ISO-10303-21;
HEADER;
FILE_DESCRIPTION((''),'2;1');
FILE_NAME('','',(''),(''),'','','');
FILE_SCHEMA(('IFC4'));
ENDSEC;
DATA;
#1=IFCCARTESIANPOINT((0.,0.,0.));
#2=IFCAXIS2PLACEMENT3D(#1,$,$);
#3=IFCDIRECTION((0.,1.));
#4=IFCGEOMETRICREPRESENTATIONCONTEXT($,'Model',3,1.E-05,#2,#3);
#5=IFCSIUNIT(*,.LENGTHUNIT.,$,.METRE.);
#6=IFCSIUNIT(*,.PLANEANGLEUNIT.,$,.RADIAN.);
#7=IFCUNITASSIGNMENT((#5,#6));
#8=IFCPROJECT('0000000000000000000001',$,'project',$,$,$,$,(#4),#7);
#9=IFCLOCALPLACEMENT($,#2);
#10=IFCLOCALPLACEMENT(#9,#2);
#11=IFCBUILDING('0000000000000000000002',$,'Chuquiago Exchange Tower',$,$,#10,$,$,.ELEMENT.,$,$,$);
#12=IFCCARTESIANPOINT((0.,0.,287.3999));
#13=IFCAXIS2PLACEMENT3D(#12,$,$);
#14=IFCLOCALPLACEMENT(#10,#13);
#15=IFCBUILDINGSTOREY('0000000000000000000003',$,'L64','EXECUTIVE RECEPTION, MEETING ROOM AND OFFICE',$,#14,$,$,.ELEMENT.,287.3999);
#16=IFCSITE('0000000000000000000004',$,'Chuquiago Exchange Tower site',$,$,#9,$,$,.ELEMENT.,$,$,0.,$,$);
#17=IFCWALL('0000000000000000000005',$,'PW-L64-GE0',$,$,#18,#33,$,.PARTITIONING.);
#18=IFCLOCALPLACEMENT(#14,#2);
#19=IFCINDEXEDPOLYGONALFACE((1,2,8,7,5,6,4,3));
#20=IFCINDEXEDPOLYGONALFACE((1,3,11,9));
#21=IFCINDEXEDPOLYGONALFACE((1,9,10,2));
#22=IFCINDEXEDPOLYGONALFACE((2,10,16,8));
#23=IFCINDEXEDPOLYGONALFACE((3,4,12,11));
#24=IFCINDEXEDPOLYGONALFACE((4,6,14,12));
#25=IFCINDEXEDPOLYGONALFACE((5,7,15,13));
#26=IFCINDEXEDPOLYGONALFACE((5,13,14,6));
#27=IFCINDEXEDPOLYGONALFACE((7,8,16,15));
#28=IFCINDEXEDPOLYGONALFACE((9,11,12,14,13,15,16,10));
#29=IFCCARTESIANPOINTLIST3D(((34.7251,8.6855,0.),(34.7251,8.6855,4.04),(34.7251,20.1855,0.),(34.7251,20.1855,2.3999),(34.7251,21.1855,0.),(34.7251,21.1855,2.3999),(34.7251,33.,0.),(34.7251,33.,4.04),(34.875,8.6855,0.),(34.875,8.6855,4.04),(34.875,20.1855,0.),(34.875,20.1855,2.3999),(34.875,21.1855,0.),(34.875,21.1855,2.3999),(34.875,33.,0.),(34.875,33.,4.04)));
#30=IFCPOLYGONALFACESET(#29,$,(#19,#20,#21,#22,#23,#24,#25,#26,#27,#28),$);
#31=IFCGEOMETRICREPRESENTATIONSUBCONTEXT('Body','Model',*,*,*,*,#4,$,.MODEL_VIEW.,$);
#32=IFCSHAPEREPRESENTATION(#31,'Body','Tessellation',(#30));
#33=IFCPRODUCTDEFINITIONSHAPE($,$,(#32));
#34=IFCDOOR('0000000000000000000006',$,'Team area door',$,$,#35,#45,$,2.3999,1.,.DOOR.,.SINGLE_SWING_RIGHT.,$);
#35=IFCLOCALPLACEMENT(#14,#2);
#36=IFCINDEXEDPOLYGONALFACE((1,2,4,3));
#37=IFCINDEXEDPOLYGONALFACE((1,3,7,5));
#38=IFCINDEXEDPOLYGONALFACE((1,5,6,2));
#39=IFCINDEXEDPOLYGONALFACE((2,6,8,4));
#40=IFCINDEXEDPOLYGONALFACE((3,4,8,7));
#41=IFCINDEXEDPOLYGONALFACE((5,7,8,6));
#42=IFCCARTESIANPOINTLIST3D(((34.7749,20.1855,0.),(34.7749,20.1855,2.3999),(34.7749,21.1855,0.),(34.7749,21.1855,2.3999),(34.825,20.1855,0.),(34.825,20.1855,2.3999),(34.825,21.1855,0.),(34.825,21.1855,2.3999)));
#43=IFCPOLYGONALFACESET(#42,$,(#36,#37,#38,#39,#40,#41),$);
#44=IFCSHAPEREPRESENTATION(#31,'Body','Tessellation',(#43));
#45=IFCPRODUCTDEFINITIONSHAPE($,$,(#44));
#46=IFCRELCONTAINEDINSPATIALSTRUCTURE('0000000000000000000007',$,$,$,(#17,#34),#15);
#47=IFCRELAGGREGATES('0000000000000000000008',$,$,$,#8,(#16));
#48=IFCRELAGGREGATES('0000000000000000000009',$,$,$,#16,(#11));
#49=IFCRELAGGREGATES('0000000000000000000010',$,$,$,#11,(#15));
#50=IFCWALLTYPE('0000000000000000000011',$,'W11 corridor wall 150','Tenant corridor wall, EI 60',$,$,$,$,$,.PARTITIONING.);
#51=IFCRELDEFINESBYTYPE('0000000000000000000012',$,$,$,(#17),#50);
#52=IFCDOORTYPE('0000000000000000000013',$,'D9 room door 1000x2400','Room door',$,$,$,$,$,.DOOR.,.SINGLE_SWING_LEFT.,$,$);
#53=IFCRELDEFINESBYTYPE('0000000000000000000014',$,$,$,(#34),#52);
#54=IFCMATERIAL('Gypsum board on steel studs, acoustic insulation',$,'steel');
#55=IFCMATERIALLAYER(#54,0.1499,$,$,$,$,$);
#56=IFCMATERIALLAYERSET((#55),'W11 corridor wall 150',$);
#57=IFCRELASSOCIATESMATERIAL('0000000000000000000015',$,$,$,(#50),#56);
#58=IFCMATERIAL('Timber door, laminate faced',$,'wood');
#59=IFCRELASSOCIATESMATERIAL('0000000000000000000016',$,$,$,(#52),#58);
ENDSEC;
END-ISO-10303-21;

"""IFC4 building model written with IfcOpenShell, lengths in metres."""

from ifc_helpers import new_model, si_unit, direction, frame, frame_2d, origin, place, context, subcontext, project, spatial, rectangle, extrude, material, layer, layer_set, type_object, element, fill, save


model = new_model("IFC4")

# Units and contexts
model_context = context("Model", 3, precision=1e-05, world=origin(), true_north=direction((0.0, 1.0)))
body_context = subcontext(model_context, "Body", "Model", "MODEL_VIEW")
ifc_project = project(units=[si_unit("LENGTHUNIT", "METRE"), si_unit("PLANEANGLEUNIT", "RADIAN")], contexts=[model_context])

# Site, building, storey
site_placement = place(None, origin())
site = spatial("IfcSite", under=ifc_project, at=site_placement, Name="Chuquiago Exchange Tower site", CompositionType="ELEMENT", RefElevation=0.0)
building_placement = place(site_placement, origin())
building = spatial("IfcBuilding", under=site, at=building_placement, Name="Chuquiago Exchange Tower", CompositionType="ELEMENT")
storey_placement = place(building_placement, frame((0.0, 0.0, 287.3999)))
storey = spatial("IfcBuildingStorey", under=building, at=storey_placement, Name="L64", Description="EXECUTIVE RECEPTION, MEETING ROOM AND OFFICE", CompositionType="ELEMENT", Elevation=287.3999)

# Wall, opening, door
ifc_material_1 = material(Name="Gypsum board on steel studs, acoustic insulation", Category="steel")
ifc_layer_1 = layer(ifc_material_1, 0.1499)
ifc_layer_set_1 = layer_set([ifc_layer_1], Name="W11 corridor wall 150")
wall_type_1 = type_object("IfcWallType", Name="W11 corridor wall 150", Description="Tenant corridor wall, EI 60", PredefinedType="PARTITIONING", material=ifc_layer_set_1)
wall_1_placement = place(storey_placement, frame((34.8, 8.6855, 0.0), z_axis=(0.0, 0.0, 1.0), x_axis=(0.0, 1.0, 0.0)))
wall_1 = element("IfcWall", 1, at=wall_1_placement, inside=storey, type_object=wall_type_1, Name="PW-L64-GE0", PredefinedType="PARTITIONING", context=body_context, shape_type="SweptSolid", body=[
    extrude(rectangle(XDim=24.3145, YDim=0.1499, at=frame_2d((12.1572, 0.0))), origin(), (0.0, 0.0, 1.0), 4.04),
])
opening_1_placement = place(wall_1_placement, frame((11.5, 0.0, 0.0)))
opening_1 = element("IfcOpeningElement", 2, at=opening_1_placement, cuts=wall_1, PredefinedType="OPENING", context=body_context, shape_type="SweptSolid", body=[
    extrude(rectangle(XDim=1.0, YDim=2.3999, at=frame_2d((0.5, 1.2))), frame((0.0, 0.085, 0.0), z_axis=(0.0, -1.0, 0.0), x_axis=(1.0, 0.0, 0.0)), (0.0, 0.0, 1.0), 0.1699),
])
ifc_material_2 = material(Name="Timber door, laminate faced", Category="wood")
door_type_1 = type_object("IfcDoorType", Name="D9 room door 1000x2400", Description="Room door", OperationType="SINGLE_SWING_LEFT", PredefinedType="DOOR", material=ifc_material_2)
door_1_placement = place(opening_1_placement, frame((1.0, 0.0, 0.0), z_axis=(0.0, 0.0, 1.0), x_axis=(-1.0, 0.0, 0.0)))
door_1 = element("IfcDoor", 3, at=door_1_placement, inside=storey, type_object=door_type_1, Name="Team area door", OperationType="SINGLE_SWING_RIGHT", OverallHeight=2.3999, OverallWidth=1.0, PredefinedType="DOOR", context=body_context, shape_type="SweptSolid", body=[
    extrude(rectangle(XDim=1.0, YDim=2.3999, at=frame_2d((0.5, 1.2))), frame((0.0, 0.0249, 0.0), z_axis=(0.0, -1.0, 0.0), x_axis=(1.0, 0.0, 0.0)), (0.0, 0.0, 1.0), 0.05),
])
fill(opening_1, door_1)

save(model, "model.ifc")
